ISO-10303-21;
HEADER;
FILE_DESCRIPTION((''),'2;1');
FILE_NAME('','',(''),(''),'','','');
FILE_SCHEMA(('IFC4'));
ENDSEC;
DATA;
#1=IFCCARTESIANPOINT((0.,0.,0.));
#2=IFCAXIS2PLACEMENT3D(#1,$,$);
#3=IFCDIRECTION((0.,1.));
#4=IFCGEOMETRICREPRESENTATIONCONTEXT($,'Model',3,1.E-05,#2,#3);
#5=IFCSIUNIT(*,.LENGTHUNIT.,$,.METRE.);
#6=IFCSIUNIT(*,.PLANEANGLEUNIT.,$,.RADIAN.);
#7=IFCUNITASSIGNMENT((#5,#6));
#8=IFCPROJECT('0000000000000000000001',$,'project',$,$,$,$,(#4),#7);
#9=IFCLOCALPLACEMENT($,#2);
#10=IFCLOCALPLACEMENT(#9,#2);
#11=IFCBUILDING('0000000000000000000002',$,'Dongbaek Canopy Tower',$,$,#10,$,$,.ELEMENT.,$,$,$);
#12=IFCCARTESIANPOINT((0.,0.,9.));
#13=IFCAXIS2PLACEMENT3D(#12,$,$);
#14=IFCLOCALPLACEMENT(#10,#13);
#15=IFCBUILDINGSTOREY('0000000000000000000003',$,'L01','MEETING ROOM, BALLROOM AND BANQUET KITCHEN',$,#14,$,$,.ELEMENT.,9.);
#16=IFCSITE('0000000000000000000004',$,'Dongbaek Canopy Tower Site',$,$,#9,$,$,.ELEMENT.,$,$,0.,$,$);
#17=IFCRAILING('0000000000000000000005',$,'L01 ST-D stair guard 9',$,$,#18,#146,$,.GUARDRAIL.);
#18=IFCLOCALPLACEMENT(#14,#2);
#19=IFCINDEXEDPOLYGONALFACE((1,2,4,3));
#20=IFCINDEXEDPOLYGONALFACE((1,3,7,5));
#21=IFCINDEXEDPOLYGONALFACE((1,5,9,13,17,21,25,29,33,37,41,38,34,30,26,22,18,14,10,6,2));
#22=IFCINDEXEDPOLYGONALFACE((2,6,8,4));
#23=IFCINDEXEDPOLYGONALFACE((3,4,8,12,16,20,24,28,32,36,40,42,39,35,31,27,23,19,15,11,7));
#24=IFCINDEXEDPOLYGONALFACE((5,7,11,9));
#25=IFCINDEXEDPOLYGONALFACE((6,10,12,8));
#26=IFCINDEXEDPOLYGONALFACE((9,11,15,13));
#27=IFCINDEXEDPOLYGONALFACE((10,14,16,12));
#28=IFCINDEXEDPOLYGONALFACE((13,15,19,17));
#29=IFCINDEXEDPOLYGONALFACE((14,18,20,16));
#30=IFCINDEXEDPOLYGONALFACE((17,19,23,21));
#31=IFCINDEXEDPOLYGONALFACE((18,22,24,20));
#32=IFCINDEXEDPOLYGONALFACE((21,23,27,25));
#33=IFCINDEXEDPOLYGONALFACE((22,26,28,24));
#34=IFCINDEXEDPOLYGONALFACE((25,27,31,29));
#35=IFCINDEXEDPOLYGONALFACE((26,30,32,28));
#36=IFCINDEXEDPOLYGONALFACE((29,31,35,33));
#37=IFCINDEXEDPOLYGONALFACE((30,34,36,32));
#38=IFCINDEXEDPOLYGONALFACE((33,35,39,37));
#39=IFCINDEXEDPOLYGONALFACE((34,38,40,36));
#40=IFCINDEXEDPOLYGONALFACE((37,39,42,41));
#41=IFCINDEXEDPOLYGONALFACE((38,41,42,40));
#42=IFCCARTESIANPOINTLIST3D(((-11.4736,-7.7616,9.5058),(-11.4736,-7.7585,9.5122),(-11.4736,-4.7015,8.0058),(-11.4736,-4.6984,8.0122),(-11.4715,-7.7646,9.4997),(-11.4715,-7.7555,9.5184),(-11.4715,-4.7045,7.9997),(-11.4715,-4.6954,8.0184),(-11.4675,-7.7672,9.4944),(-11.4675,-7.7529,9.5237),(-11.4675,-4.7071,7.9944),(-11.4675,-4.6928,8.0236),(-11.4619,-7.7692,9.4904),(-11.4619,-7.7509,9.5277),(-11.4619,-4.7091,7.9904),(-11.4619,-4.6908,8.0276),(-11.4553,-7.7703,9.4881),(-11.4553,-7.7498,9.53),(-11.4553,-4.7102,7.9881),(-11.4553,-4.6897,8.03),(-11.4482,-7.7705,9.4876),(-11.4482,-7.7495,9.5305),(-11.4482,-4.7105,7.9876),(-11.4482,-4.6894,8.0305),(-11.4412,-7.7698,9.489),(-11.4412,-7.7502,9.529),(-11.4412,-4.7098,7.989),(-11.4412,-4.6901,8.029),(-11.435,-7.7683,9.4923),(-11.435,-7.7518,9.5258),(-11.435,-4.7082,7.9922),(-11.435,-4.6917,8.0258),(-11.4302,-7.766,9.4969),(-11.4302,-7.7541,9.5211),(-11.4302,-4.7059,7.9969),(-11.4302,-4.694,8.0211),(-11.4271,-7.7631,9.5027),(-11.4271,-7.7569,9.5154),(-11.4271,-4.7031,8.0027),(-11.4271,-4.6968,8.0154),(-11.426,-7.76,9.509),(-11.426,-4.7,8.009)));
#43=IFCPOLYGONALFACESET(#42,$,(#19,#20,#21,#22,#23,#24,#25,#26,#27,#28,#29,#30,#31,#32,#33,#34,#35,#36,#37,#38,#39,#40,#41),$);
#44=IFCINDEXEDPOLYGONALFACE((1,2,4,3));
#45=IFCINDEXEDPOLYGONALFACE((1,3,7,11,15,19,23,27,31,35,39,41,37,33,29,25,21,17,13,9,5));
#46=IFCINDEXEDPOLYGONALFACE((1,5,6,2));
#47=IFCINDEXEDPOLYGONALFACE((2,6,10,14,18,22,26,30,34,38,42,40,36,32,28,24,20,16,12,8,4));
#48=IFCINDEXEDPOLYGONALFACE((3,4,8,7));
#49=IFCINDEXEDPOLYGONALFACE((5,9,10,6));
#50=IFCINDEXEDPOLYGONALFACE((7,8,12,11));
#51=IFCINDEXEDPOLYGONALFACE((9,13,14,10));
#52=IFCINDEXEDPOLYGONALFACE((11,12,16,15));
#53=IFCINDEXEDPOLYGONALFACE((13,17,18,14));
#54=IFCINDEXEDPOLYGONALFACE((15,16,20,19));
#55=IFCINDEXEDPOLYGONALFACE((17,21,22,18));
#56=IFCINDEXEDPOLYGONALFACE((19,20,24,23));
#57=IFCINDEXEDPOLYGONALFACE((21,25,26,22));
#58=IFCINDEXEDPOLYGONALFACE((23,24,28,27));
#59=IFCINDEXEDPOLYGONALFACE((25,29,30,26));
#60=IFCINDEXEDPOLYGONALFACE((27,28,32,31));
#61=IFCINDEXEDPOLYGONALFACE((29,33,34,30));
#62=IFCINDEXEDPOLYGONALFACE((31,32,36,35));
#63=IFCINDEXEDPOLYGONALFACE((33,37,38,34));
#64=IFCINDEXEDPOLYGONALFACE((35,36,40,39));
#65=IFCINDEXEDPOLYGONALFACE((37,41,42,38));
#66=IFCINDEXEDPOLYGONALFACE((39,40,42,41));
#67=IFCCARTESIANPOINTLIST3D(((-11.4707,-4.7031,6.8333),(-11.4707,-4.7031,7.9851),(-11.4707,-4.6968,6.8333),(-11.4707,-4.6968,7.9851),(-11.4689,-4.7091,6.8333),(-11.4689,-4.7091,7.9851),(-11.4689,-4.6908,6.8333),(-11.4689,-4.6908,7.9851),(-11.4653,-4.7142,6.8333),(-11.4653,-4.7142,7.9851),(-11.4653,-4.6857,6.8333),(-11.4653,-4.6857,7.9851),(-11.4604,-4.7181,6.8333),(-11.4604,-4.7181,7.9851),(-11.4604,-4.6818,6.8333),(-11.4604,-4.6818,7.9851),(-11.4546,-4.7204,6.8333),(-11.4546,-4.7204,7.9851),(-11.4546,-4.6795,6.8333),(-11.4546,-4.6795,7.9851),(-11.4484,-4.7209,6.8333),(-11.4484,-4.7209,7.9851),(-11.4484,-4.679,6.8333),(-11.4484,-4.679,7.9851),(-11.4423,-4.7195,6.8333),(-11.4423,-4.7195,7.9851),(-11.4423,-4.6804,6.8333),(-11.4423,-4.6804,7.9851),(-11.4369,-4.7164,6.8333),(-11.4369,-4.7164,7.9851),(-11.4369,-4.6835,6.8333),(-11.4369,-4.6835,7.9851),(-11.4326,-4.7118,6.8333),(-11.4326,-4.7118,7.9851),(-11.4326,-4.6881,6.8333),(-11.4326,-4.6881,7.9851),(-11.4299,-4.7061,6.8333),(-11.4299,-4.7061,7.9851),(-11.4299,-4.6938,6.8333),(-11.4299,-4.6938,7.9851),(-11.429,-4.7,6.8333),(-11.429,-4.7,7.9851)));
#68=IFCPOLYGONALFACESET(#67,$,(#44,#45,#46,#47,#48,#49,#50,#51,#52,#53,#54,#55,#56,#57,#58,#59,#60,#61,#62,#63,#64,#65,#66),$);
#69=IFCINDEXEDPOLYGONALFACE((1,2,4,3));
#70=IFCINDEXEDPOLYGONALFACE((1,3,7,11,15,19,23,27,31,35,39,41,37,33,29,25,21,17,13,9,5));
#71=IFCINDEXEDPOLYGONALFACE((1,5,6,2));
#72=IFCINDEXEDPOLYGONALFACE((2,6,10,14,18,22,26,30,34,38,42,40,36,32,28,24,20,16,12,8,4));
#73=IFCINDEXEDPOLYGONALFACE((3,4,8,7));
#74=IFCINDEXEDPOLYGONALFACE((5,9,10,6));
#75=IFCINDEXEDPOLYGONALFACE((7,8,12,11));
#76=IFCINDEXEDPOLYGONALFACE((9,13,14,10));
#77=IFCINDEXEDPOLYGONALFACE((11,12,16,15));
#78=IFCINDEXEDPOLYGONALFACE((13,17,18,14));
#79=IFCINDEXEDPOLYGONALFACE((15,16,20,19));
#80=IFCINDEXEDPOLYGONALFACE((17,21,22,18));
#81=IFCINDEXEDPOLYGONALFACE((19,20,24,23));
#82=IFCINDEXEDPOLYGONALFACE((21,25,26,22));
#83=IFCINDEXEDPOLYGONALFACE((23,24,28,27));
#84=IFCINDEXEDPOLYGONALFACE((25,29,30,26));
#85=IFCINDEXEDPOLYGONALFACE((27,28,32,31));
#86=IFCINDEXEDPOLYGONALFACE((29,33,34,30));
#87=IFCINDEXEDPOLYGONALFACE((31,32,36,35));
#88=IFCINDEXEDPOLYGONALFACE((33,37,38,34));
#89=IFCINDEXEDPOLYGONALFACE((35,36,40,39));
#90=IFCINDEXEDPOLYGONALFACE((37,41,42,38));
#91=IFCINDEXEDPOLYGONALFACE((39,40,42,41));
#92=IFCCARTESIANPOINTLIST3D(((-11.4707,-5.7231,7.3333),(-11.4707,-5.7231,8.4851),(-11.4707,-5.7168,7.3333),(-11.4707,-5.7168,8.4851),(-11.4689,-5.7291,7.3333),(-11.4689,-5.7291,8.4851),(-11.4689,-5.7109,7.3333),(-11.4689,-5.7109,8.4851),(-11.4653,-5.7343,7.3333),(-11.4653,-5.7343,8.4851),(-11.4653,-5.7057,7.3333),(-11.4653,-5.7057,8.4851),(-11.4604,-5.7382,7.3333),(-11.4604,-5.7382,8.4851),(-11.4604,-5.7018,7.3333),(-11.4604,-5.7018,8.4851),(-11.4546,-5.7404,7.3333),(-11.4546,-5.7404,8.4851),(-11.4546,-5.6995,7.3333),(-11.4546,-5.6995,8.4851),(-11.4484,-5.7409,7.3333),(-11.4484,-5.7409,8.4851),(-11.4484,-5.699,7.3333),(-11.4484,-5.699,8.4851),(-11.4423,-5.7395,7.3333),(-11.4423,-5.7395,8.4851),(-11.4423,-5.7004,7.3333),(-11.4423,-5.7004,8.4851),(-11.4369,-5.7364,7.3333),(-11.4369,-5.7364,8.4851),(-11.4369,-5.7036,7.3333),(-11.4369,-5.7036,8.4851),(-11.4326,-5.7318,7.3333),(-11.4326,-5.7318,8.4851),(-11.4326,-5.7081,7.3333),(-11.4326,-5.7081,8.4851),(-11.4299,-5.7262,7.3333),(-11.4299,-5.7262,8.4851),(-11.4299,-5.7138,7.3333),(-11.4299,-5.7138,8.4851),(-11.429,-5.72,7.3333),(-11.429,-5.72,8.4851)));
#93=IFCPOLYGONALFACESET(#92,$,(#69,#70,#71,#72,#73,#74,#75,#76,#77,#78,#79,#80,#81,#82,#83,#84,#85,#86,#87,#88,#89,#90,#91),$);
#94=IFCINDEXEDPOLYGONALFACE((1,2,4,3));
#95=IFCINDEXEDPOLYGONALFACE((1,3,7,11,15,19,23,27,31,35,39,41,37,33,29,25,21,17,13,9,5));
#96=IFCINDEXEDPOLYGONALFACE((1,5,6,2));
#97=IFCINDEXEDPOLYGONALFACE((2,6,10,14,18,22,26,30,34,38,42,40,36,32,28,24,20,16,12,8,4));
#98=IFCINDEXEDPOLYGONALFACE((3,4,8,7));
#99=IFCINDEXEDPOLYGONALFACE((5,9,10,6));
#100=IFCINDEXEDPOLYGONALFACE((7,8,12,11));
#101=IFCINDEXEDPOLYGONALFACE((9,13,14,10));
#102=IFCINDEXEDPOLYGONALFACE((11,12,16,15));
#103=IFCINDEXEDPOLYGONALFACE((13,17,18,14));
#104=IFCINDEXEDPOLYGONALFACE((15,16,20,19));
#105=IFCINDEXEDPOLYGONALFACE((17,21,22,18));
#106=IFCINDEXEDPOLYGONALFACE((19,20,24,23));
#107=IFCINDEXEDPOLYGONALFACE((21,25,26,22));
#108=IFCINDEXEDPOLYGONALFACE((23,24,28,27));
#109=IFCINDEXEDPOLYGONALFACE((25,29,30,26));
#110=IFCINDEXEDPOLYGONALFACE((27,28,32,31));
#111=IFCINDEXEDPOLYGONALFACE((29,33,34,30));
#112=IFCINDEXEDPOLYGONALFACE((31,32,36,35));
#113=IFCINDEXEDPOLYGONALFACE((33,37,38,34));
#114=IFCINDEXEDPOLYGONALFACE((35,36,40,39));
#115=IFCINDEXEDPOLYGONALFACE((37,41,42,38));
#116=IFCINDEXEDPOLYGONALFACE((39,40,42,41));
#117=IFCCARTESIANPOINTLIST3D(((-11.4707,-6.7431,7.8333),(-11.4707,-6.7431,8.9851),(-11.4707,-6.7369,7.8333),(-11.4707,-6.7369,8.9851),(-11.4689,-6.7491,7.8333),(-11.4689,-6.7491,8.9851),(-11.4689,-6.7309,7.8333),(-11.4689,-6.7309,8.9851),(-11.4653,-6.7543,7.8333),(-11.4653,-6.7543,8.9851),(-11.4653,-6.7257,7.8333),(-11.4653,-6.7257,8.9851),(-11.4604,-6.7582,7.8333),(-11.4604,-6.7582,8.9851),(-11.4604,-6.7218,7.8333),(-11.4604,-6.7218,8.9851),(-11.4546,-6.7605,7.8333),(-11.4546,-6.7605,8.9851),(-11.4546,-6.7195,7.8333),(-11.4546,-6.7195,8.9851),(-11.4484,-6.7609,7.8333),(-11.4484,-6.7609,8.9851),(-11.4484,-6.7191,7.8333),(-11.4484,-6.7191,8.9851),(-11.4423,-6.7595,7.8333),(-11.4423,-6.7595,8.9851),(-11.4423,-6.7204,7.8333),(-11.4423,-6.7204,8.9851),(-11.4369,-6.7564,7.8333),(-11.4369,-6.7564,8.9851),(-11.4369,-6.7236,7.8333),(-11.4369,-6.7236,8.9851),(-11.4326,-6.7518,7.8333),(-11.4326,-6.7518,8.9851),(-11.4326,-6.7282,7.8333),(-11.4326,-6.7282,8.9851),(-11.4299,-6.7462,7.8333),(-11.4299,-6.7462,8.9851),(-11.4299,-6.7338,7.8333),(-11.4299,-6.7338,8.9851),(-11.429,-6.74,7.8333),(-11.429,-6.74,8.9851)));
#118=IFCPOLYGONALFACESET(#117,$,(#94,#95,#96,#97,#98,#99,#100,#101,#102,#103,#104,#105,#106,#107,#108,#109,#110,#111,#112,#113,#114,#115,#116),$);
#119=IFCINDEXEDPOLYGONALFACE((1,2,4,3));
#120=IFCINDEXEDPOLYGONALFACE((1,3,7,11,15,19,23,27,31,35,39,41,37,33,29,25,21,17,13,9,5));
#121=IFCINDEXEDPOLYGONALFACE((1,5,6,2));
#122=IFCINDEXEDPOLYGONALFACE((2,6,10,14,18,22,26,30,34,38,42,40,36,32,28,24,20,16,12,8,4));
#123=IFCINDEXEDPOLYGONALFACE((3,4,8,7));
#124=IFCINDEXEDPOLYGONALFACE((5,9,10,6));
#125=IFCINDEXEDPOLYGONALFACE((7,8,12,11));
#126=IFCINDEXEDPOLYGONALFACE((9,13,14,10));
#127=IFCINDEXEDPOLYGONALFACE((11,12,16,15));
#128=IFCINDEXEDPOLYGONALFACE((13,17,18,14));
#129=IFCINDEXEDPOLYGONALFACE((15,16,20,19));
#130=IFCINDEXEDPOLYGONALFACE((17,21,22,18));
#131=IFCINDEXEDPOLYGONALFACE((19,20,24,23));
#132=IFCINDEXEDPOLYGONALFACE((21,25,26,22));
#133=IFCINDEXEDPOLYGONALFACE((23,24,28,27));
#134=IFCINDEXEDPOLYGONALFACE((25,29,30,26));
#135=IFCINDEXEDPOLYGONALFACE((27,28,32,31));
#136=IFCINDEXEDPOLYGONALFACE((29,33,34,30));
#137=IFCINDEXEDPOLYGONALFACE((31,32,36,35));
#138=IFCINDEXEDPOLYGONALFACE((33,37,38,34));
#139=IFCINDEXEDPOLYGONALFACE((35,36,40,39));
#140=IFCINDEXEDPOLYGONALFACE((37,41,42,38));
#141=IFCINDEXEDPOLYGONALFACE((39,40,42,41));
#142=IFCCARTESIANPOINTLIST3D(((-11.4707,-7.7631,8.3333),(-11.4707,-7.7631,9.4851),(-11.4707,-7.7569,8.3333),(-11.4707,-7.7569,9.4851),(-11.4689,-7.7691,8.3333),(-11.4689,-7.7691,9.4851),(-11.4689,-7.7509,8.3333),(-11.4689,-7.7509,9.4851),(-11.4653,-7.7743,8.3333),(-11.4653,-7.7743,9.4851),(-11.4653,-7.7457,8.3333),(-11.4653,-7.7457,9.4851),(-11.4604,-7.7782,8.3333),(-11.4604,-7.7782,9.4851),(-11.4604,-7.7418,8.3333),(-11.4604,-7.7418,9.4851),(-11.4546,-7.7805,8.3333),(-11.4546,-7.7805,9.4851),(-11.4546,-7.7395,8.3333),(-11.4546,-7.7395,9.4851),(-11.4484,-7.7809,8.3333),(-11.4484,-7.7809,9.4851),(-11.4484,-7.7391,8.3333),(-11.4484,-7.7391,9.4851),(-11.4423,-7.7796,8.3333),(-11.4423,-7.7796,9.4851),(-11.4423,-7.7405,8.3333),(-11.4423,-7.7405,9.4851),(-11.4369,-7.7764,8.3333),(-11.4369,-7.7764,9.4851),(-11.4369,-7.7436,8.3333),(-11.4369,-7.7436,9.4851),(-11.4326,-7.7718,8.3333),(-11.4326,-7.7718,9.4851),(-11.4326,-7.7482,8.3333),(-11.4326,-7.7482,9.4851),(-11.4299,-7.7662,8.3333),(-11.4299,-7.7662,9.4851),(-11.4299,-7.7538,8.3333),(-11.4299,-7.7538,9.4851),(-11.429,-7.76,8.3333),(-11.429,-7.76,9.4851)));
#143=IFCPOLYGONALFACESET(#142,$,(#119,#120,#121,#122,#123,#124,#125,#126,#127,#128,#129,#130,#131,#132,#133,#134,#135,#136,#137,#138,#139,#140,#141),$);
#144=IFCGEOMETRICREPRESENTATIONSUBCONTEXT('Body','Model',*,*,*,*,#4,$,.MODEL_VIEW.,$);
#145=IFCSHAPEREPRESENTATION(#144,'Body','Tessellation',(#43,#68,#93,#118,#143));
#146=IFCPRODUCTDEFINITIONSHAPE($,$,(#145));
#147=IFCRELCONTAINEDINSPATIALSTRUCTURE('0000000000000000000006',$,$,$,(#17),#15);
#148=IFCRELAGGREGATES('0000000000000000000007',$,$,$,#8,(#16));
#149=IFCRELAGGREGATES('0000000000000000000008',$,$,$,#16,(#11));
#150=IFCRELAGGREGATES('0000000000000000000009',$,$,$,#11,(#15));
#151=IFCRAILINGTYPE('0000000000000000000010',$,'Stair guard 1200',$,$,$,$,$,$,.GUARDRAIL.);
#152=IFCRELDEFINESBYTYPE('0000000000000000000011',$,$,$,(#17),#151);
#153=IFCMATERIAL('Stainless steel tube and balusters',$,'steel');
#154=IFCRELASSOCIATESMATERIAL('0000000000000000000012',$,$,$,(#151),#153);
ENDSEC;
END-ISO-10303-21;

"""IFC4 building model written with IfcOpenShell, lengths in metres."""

from ifc_helpers import new_model, si_unit, direction, frame, origin, origin_2d, place, context, subcontext, project, spatial, circle, extrude, material, type_object, element, save


model = new_model("IFC4")

# Units and contexts
model_context = context("Model", 3, precision=1e-05, world=origin(), true_north=direction((0.0, 1.0)))
body_context = subcontext(model_context, "Body", "Model", "MODEL_VIEW")
ifc_project = project(units=[si_unit("LENGTHUNIT", "METRE"), si_unit("PLANEANGLEUNIT", "RADIAN")], contexts=[model_context])

# Site, building, storey
site_placement = place(None, origin())
site = spatial("IfcSite", under=ifc_project, at=site_placement, Name="Dongbaek Canopy Tower Site", CompositionType="ELEMENT", RefElevation=0.0)
building_placement = place(site_placement, origin())
building = spatial("IfcBuilding", under=site, at=building_placement, Name="Dongbaek Canopy Tower", CompositionType="ELEMENT")
storey_placement = place(building_placement, frame((0.0, 0.0, 9.0)))
storey = spatial("IfcBuildingStorey", under=building, at=storey_placement, Name="L01", Description="MEETING ROOM, BALLROOM AND BANQUET KITCHEN", CompositionType="ELEMENT", Elevation=9.0)

# Railing
ifc_material_1 = material(Name="Stainless steel tube and balusters", Category="steel")
railing_type_1 = type_object("IfcRailingType", Name="Stair guard 1200", PredefinedType="GUARDRAIL", material=ifc_material_1)
railing_1_placement = place(storey_placement, frame((-11.45, -4.7, 6.8333)))
element("IfcRailing", 1, at=railing_1_placement, inside=storey, type_object=railing_type_1, Name="L01 ST-D stair guard 9", PredefinedType="GUARDRAIL", context=body_context, shape_type="SweptSolid", body=[
    extrude(circle(Radius=0.0239, at=origin_2d()), frame((0.0, 0.0, 1.1758), z_axis=(0.0, -0.897924, 0.44015), x_axis=(1.0, 0.0, 0.0)), (0.0, 0.0, 1.0), 3.408),
    extrude(circle(Radius=0.021, at=origin_2d()), origin(), (0.0, 0.0, 1.0), 1.1519),
    extrude(circle(Radius=0.021, at=origin_2d()), frame((0.0, -1.02, 0.5)), (0.0, 0.0, 1.0), 1.1519),
    extrude(circle(Radius=0.021, at=origin_2d()), frame((0.0, -2.04, 1.0)), (0.0, 0.0, 1.0), 1.1519),
    extrude(circle(Radius=0.021, at=origin_2d()), frame((0.0, -3.0601, 1.5)), (0.0, 0.0, 1.0), 1.1519),
])

save(model, "model.ifc")
